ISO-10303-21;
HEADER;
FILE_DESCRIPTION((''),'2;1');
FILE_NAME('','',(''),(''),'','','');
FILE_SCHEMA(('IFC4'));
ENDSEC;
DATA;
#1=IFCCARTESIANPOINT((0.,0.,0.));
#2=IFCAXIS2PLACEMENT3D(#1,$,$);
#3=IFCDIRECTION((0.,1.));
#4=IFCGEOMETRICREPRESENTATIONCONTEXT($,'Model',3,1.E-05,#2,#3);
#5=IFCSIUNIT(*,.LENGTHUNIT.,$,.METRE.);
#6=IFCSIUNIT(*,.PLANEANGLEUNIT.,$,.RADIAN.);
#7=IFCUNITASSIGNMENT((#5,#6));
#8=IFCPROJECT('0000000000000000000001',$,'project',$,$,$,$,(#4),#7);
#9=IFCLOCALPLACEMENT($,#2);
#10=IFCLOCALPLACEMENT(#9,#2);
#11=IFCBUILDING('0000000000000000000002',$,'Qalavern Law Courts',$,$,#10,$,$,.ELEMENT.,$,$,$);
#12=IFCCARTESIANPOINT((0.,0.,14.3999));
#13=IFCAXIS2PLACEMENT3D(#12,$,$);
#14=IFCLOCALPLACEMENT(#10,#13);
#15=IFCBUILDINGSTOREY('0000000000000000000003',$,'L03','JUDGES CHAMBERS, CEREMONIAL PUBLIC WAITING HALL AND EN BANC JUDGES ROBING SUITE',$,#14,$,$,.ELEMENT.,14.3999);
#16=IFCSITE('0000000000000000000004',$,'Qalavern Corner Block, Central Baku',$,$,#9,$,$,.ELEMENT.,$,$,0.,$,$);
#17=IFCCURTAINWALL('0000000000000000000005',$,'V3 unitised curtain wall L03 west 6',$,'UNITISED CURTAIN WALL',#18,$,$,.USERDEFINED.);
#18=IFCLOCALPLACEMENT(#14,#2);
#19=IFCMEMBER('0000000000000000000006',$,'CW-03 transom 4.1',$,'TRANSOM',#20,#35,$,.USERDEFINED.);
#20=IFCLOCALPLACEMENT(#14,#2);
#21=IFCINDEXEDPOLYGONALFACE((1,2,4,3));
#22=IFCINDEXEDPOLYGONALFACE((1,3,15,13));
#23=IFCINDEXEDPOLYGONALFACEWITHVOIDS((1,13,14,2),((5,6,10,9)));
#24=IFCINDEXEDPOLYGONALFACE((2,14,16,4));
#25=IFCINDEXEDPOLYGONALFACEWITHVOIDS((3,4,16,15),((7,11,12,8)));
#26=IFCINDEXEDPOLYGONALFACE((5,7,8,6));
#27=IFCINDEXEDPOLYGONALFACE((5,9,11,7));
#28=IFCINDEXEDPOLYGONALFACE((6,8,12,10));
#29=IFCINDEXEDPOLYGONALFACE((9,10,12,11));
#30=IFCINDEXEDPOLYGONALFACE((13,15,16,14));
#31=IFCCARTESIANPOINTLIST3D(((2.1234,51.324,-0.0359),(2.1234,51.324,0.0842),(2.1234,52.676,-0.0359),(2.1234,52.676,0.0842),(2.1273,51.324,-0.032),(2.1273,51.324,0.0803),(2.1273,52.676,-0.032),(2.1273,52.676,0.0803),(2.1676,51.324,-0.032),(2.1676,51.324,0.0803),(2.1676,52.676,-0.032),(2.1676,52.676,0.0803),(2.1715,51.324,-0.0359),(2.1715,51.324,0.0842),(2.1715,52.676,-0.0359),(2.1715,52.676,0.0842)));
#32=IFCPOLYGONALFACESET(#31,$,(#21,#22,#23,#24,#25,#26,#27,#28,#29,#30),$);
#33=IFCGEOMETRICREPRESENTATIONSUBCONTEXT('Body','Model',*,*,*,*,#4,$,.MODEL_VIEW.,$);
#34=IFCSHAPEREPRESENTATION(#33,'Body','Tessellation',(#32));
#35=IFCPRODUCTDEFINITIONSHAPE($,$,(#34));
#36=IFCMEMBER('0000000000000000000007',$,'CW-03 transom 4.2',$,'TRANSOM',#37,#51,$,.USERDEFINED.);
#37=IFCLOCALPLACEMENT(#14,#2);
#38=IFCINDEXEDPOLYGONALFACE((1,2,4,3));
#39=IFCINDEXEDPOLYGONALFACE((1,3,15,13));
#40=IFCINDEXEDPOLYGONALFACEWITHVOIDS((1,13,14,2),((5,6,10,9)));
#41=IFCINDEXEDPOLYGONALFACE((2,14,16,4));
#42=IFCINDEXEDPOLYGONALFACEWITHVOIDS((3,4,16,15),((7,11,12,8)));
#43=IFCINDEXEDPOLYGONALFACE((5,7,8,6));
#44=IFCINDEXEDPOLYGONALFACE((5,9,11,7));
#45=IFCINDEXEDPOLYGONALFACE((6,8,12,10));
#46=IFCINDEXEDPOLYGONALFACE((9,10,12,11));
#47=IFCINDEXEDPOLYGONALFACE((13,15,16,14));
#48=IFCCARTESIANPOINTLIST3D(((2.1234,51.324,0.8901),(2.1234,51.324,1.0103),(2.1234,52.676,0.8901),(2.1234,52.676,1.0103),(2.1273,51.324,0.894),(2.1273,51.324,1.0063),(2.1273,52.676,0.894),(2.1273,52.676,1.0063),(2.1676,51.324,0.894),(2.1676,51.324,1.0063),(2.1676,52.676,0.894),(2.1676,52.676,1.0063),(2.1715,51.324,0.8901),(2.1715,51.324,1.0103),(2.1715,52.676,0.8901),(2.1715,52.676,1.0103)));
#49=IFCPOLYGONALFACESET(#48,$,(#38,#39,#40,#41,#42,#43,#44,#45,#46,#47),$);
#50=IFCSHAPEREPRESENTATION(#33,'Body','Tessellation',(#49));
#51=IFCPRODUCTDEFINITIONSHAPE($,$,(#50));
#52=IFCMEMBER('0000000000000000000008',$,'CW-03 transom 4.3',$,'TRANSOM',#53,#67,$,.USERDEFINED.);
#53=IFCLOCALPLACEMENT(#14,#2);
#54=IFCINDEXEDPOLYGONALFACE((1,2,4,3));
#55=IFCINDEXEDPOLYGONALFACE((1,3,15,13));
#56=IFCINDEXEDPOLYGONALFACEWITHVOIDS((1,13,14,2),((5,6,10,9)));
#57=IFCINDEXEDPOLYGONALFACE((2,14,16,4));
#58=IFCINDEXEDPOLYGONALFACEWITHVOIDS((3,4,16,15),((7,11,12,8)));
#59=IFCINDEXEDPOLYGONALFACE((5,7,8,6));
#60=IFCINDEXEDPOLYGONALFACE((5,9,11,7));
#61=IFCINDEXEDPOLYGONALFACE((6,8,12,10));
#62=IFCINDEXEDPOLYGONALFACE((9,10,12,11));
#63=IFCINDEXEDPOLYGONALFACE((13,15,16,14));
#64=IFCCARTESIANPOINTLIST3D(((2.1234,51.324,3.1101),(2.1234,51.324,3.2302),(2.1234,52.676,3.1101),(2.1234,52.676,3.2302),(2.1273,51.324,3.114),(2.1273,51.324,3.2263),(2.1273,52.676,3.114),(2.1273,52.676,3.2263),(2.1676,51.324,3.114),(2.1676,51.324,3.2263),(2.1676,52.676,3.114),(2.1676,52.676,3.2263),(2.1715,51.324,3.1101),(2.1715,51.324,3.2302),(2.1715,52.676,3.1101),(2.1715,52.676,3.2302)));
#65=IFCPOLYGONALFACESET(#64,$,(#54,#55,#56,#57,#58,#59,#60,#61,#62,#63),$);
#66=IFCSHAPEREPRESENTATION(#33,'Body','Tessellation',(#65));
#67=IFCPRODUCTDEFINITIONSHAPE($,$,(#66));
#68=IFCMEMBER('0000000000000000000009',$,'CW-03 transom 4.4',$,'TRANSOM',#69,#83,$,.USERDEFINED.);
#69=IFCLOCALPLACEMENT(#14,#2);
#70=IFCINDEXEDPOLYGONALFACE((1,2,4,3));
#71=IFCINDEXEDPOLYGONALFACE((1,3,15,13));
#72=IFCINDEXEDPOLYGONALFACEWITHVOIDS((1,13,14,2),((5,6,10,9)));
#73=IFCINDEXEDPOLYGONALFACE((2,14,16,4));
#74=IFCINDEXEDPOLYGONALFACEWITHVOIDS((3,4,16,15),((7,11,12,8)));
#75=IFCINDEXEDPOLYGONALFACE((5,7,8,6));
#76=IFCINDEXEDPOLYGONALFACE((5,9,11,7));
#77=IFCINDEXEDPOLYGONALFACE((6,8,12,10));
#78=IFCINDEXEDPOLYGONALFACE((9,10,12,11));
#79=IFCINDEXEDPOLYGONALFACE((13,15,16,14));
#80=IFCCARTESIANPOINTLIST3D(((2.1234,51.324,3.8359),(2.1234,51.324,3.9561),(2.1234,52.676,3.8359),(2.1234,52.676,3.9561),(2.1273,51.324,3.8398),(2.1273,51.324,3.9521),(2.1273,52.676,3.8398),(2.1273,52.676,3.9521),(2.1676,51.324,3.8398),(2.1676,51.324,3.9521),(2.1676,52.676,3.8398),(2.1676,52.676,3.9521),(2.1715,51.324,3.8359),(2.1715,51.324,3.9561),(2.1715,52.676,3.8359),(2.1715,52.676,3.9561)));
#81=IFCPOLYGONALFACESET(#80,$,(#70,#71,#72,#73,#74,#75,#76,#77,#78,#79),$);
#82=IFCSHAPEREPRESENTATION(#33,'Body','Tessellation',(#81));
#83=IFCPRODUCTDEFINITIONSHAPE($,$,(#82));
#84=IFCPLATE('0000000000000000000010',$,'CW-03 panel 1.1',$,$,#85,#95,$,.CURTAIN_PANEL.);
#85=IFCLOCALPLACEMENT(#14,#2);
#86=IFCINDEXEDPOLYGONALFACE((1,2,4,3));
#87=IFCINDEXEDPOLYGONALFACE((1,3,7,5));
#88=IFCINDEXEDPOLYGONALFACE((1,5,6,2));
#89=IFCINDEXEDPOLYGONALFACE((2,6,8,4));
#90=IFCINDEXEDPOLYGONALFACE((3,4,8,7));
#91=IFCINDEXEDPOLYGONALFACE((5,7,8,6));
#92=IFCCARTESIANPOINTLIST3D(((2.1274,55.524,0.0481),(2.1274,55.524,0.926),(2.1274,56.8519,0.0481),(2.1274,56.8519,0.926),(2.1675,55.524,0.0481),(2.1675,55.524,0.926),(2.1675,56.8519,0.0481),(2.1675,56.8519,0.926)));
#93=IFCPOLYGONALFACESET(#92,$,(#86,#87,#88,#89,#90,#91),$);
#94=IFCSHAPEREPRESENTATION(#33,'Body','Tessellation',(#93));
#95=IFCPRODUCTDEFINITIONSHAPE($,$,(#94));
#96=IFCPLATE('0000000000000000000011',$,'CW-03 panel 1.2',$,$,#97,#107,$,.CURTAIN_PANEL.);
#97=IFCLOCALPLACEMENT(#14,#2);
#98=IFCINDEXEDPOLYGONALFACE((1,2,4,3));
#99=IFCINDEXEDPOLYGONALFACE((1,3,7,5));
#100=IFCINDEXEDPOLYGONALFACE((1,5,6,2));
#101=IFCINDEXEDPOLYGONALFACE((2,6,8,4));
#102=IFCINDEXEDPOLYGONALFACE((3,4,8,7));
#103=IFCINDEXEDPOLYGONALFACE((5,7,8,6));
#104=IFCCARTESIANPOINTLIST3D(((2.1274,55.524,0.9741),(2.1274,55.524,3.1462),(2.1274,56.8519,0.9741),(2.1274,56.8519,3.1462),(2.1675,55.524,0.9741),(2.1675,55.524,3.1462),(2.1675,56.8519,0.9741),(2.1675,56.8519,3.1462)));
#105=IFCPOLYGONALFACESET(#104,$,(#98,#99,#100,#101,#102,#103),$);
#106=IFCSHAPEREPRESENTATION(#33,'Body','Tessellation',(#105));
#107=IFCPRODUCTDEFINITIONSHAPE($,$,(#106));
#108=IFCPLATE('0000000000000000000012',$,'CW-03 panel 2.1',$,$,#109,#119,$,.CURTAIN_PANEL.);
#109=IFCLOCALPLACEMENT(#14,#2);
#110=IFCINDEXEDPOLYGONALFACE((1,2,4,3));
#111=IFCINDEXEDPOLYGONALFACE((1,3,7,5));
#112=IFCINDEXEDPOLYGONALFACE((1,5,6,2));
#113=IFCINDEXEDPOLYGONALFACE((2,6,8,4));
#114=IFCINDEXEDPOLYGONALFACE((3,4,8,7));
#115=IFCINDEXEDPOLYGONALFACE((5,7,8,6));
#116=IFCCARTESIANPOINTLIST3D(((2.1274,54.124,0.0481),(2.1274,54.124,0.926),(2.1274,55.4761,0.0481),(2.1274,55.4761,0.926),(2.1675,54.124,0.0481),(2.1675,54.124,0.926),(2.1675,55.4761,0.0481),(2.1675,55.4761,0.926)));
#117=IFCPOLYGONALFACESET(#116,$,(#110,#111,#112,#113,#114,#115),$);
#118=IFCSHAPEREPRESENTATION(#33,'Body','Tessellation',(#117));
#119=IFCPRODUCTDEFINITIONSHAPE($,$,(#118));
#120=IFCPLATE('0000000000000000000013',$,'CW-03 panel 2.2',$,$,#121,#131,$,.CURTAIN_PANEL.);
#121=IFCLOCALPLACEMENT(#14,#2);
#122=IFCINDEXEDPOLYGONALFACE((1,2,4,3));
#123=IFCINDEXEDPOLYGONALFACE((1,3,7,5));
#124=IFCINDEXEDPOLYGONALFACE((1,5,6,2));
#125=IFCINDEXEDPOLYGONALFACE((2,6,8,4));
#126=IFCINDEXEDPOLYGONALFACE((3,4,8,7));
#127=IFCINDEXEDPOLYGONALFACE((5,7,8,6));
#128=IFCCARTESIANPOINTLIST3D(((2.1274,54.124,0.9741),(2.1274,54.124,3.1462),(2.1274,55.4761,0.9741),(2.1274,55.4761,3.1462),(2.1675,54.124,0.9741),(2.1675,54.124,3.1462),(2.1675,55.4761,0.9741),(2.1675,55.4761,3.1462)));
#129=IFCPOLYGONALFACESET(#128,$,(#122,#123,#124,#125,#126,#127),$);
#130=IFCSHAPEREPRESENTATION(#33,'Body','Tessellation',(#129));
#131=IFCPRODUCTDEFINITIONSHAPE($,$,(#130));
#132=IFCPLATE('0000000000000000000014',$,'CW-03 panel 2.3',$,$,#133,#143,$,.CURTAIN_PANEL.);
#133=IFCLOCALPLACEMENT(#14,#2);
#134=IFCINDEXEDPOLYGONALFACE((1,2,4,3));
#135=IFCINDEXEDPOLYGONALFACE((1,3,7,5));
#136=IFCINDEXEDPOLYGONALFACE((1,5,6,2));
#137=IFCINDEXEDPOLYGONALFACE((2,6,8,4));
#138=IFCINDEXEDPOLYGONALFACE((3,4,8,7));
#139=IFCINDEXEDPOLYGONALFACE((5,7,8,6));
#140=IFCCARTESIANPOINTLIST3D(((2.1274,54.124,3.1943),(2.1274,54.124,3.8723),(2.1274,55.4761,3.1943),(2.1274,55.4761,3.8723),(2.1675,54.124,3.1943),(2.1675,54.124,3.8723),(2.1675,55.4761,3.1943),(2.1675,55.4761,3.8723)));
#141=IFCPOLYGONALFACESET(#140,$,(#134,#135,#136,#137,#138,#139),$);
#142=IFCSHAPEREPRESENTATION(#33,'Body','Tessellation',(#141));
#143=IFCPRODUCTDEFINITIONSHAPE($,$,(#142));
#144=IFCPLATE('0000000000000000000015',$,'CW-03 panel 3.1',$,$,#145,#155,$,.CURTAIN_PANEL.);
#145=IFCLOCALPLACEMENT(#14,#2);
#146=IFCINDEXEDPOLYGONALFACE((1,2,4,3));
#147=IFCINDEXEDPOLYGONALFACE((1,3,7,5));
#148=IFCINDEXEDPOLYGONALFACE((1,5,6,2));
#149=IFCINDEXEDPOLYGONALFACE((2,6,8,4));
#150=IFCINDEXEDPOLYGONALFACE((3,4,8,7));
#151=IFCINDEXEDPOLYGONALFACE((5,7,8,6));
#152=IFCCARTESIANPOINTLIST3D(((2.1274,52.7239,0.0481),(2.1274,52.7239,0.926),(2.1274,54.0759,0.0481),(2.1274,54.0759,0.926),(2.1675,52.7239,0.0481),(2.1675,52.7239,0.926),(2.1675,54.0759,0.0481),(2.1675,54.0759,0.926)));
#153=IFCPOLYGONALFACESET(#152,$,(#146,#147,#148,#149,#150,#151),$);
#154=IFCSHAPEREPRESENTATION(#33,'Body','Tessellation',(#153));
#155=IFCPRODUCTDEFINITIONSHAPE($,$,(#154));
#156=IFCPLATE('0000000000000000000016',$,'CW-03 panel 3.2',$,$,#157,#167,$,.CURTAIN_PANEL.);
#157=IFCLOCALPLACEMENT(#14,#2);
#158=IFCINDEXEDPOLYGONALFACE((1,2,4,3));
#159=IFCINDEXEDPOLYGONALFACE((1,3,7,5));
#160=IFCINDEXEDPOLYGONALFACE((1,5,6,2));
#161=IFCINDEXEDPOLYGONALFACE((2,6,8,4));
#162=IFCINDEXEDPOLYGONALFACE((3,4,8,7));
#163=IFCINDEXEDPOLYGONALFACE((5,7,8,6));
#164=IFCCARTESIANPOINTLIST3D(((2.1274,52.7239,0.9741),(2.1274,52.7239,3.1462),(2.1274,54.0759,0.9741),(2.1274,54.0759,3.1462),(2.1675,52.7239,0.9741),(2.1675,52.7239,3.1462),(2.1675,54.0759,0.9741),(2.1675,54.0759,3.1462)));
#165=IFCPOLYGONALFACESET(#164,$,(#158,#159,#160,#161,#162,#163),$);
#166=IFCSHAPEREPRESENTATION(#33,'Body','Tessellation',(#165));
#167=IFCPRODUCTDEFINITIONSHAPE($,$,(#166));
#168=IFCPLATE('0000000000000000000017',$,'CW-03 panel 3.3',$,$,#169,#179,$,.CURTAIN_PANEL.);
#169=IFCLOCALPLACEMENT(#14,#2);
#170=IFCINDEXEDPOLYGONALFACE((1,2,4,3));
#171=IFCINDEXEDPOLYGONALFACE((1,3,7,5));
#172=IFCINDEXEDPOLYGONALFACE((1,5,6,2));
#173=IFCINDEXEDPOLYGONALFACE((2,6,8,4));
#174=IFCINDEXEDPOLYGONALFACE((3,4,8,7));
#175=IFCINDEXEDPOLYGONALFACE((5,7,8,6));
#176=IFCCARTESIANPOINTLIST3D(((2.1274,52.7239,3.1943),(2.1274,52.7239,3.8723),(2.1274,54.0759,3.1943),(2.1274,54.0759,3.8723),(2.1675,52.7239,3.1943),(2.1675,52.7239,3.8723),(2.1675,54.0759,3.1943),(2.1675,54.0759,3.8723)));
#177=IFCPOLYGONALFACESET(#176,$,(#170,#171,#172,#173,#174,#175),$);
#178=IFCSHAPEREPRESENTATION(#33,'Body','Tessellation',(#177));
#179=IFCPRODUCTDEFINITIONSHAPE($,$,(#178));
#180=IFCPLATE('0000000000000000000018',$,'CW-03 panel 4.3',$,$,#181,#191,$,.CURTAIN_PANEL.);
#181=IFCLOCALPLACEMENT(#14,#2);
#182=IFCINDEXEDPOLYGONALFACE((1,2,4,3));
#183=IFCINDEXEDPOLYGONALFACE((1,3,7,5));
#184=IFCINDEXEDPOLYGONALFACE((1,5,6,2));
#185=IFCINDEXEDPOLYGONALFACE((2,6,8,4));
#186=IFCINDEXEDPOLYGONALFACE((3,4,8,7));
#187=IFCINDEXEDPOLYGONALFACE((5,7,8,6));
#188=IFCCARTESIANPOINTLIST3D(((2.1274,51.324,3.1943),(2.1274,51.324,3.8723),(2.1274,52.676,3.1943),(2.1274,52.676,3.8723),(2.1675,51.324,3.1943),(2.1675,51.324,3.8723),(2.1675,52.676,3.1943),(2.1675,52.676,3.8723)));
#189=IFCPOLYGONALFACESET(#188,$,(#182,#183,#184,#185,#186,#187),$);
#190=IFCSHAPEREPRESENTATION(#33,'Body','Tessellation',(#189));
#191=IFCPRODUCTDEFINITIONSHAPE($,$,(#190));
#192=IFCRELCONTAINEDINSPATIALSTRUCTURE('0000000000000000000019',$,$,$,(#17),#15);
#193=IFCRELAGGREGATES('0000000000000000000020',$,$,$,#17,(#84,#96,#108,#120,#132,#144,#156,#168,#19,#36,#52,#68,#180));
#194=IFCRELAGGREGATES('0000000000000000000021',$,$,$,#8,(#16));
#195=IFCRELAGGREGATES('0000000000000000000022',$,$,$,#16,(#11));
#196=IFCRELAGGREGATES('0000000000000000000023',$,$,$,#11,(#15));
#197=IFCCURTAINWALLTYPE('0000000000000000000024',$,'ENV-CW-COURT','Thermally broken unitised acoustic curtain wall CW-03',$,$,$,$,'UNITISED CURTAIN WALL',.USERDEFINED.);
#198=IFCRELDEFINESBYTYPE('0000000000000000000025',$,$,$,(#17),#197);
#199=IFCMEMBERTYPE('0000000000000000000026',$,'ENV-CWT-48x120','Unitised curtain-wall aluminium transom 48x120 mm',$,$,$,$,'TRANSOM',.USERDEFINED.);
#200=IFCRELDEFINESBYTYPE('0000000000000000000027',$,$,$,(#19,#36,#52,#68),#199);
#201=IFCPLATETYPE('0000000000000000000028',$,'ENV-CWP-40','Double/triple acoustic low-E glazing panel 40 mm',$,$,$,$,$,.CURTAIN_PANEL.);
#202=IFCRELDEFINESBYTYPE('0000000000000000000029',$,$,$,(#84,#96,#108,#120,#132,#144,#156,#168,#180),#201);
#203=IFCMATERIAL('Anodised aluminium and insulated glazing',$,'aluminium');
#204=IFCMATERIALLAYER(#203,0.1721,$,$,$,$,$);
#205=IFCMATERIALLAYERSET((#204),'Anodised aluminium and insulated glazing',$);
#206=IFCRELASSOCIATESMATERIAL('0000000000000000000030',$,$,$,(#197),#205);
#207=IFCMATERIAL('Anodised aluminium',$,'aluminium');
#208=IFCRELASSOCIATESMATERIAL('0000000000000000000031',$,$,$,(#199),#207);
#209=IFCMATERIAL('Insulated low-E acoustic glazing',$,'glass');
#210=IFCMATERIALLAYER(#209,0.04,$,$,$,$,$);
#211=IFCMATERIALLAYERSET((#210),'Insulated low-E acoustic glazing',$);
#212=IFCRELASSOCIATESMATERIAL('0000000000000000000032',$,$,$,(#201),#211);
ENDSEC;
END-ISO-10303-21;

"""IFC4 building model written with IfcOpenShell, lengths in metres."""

from ifc_helpers import new_model, si_unit, direction, frame, origin, origin_2d, place, context, subcontext, project, spatial, rectangle, hollow_rectangle, extrude, material, layer, layer_set, material_profile, profile_set, type_object, element, aggregate, save


model = new_model("IFC4")

# Units and contexts
model_context = context("Model", 3, precision=1e-05, world=origin(), true_north=direction((0.0, 1.0)))
body_context = subcontext(model_context, "Body", "Model", "MODEL_VIEW")
ifc_project = project(units=[si_unit("LENGTHUNIT", "METRE"), si_unit("PLANEANGLEUNIT", "RADIAN")], contexts=[model_context])

# Site, building, storey
site_placement = place(None, origin())
site = spatial("IfcSite", under=ifc_project, at=site_placement, Name="Qalavern Corner Block, Central Baku", CompositionType="ELEMENT", RefElevation=0.0)
building_placement = place(site_placement, origin())
building = spatial("IfcBuilding", under=site, at=building_placement, Name="Qalavern Law Courts", CompositionType="ELEMENT")
storey_placement = place(building_placement, frame((0.0, 0.0, 14.3999)))
storey = spatial("IfcBuildingStorey", under=building, at=storey_placement, Name="L03", Description="JUDGES CHAMBERS, CEREMONIAL PUBLIC WAITING HALL AND EN BANC JUDGES ROBING SUITE", CompositionType="ELEMENT", Elevation=14.3999)

# Curtain wall, members, plates
ifc_material_1 = material(Name="Anodised aluminium and insulated glazing", Category="aluminium")
ifc_layer_1 = layer(ifc_material_1, 0.1721)
ifc_layer_set_1 = layer_set([ifc_layer_1], Name="Anodised aluminium and insulated glazing")
curtain_wall_type = type_object("IfcCurtainWallType", Name="ENV-CW-COURT", Description="Thermally broken unitised acoustic curtain wall CW-03", ElementType="UNITISED CURTAIN WALL", PredefinedType="USERDEFINED", material=ifc_layer_set_1)
curtain_wall_placement = place(storey_placement, origin())
curtain_wall = element("IfcCurtainWall", 1, at=curtain_wall_placement, inside=storey, type_object=curtain_wall_type, Name="V3 unitised curtain wall L03 west 6", ObjectType="UNITISED CURTAIN WALL", PredefinedType="USERDEFINED")
ifc_material_2 = material(Name="Anodised aluminium", Category="aluminium")
ifc_material_profile_1 = material_profile(ifc_material_2, hollow_rectangle(XDim=0.0481, YDim=0.1201, WallThickness=0.0039, at=origin_2d()), Name="ALU TRANSOM 48x120")
ifc_profile_set_1 = profile_set([ifc_material_profile_1], Name="Anodised aluminium")
member_type_1 = type_object("IfcMemberType", Name="ENV-CWT-48x120", Description="Unitised curtain-wall aluminium transom 48x120 mm", ElementType="TRANSOM", PredefinedType="USERDEFINED", material=ifc_profile_set_1)
member_1_placement = place(storey_placement, frame((2.1475, 52.676, 0.0242), z_axis=(0.0, -1.0, 0.0), x_axis=(1.0, 0.0, 0.0)))
member_1 = element("IfcMember", 2, at=member_1_placement, type_object=member_type_1, Name="CW-03 transom 4.1", ObjectType="TRANSOM", PredefinedType="USERDEFINED", context=body_context, shape_type="SweptSolid", body=[
    extrude(hollow_rectangle(XDim=0.0481, YDim=0.1201, WallThickness=0.0039, at=origin_2d()), origin(), (0.0, 0.0, 1.0), 1.3521),
])
member_2_placement = place(storey_placement, frame((2.1475, 52.676, 0.9502), z_axis=(0.0, -1.0, 0.0), x_axis=(1.0, 0.0, 0.0)))
member_2 = element("IfcMember", 3, at=member_2_placement, type_object=member_type_1, Name="CW-03 transom 4.2", ObjectType="TRANSOM", PredefinedType="USERDEFINED", context=body_context, shape_type="SweptSolid", body=[
    extrude(hollow_rectangle(XDim=0.0481, YDim=0.1201, WallThickness=0.0039, at=origin_2d()), origin(), (0.0, 0.0, 1.0), 1.3521),
])
member_3_placement = place(storey_placement, frame((2.1475, 52.676, 3.1702), z_axis=(0.0, -1.0, 0.0), x_axis=(1.0, 0.0, 0.0)))
member_3 = element("IfcMember", 4, at=member_3_placement, type_object=member_type_1, Name="CW-03 transom 4.3", ObjectType="TRANSOM", PredefinedType="USERDEFINED", context=body_context, shape_type="SweptSolid", body=[
    extrude(hollow_rectangle(XDim=0.0481, YDim=0.1201, WallThickness=0.0039, at=origin_2d()), origin(), (0.0, 0.0, 1.0), 1.3521),
])
member_4_placement = place(storey_placement, frame((2.1475, 52.676, 3.896), z_axis=(0.0, -1.0, 0.0), x_axis=(1.0, 0.0, 0.0)))
member_4 = element("IfcMember", 5, at=member_4_placement, type_object=member_type_1, Name="CW-03 transom 4.4", ObjectType="TRANSOM", PredefinedType="USERDEFINED", context=body_context, shape_type="SweptSolid", body=[
    extrude(hollow_rectangle(XDim=0.0481, YDim=0.1201, WallThickness=0.0039, at=origin_2d()), origin(), (0.0, 0.0, 1.0), 1.3521),
])
ifc_material_3 = material(Name="Insulated low-E acoustic glazing", Category="glass")
ifc_layer_2 = layer(ifc_material_3, 0.04)
ifc_layer_set_2 = layer_set([ifc_layer_2], Name="Insulated low-E acoustic glazing")
plate_type = type_object("IfcPlateType", Name="ENV-CWP-40", Description="Double/triple acoustic low-E glazing panel 40 mm", PredefinedType="CURTAIN_PANEL", material=ifc_layer_set_2)
plate_1_placement = place(storey_placement, frame((2.1475, 56.188, 0.0481), z_axis=(0.0, 0.0, 1.0), x_axis=(0.0, -1.0, 0.0)))
plate_1 = element("IfcPlate", 6, at=plate_1_placement, type_object=plate_type, Name="CW-03 panel 1.1", PredefinedType="CURTAIN_PANEL", context=body_context, shape_type="SweptSolid", body=[
    extrude(rectangle(XDim=1.3279, YDim=0.04, at=origin_2d()), origin(), (0.0, 0.0, 1.0), 0.8779),
])
plate_2_placement = place(storey_placement, frame((2.1475, 56.188, 0.9741), z_axis=(0.0, 0.0, 1.0), x_axis=(0.0, -1.0, 0.0)))
plate_2 = element("IfcPlate", 7, at=plate_2_placement, type_object=plate_type, Name="CW-03 panel 1.2", PredefinedType="CURTAIN_PANEL", context=body_context, shape_type="SweptSolid", body=[
    extrude(rectangle(XDim=1.3279, YDim=0.04, at=origin_2d()), origin(), (0.0, 0.0, 1.0), 2.1721),
])
plate_3_placement = place(storey_placement, frame((2.1475, 54.8, 0.0481), z_axis=(0.0, 0.0, 1.0), x_axis=(0.0, -1.0, 0.0)))
plate_3 = element("IfcPlate", 8, at=plate_3_placement, type_object=plate_type, Name="CW-03 panel 2.1", PredefinedType="CURTAIN_PANEL", context=body_context, shape_type="SweptSolid", body=[
    extrude(rectangle(XDim=1.3521, YDim=0.04, at=origin_2d()), origin(), (0.0, 0.0, 1.0), 0.8779),
])
plate_4_placement = place(storey_placement, frame((2.1475, 54.8, 0.9741), z_axis=(0.0, 0.0, 1.0), x_axis=(0.0, -1.0, 0.0)))
plate_4 = element("IfcPlate", 9, at=plate_4_placement, type_object=plate_type, Name="CW-03 panel 2.2", PredefinedType="CURTAIN_PANEL", context=body_context, shape_type="SweptSolid", body=[
    extrude(rectangle(XDim=1.3521, YDim=0.04, at=origin_2d()), origin(), (0.0, 0.0, 1.0), 2.1721),
])
plate_5_placement = place(storey_placement, frame((2.1475, 54.8, 3.1943), z_axis=(0.0, 0.0, 1.0), x_axis=(0.0, -1.0, 0.0)))
plate_5 = element("IfcPlate", 10, at=plate_5_placement, type_object=plate_type, Name="CW-03 panel 2.3", PredefinedType="CURTAIN_PANEL", context=body_context, shape_type="SweptSolid", body=[
    extrude(rectangle(XDim=1.3521, YDim=0.04, at=origin_2d()), origin(), (0.0, 0.0, 1.0), 0.678),
])
plate_6_placement = place(storey_placement, frame((2.1475, 53.3999, 0.0481), z_axis=(0.0, 0.0, 1.0), x_axis=(0.0, -1.0, 0.0)))
plate_6 = element("IfcPlate", 11, at=plate_6_placement, type_object=plate_type, Name="CW-03 panel 3.1", PredefinedType="CURTAIN_PANEL", context=body_context, shape_type="SweptSolid", body=[
    extrude(rectangle(XDim=1.3521, YDim=0.04, at=origin_2d()), origin(), (0.0, 0.0, 1.0), 0.8779),
])
plate_7_placement = place(storey_placement, frame((2.1475, 53.3999, 0.9741), z_axis=(0.0, 0.0, 1.0), x_axis=(0.0, -1.0, 0.0)))
plate_7 = element("IfcPlate", 12, at=plate_7_placement, type_object=plate_type, Name="CW-03 panel 3.2", PredefinedType="CURTAIN_PANEL", context=body_context, shape_type="SweptSolid", body=[
    extrude(rectangle(XDim=1.3521, YDim=0.04, at=origin_2d()), origin(), (0.0, 0.0, 1.0), 2.1721),
])
plate_8_placement = place(storey_placement, frame((2.1475, 53.3999, 3.1943), z_axis=(0.0, 0.0, 1.0), x_axis=(0.0, -1.0, 0.0)))
plate_8 = element("IfcPlate", 13, at=plate_8_placement, type_object=plate_type, Name="CW-03 panel 3.3", PredefinedType="CURTAIN_PANEL", context=body_context, shape_type="SweptSolid", body=[
    extrude(rectangle(XDim=1.3521, YDim=0.04, at=origin_2d()), origin(), (0.0, 0.0, 1.0), 0.678),
])
plate_9_placement = place(storey_placement, frame((2.1475, 52.0, 3.1943), z_axis=(0.0, 0.0, 1.0), x_axis=(0.0, -1.0, 0.0)))
plate_9 = element("IfcPlate", 14, at=plate_9_placement, type_object=plate_type, Name="CW-03 panel 4.3", PredefinedType="CURTAIN_PANEL", context=body_context, shape_type="SweptSolid", body=[
    extrude(rectangle(XDim=1.3521, YDim=0.04, at=origin_2d()), origin(), (0.0, 0.0, 1.0), 0.678),
])
aggregate(curtain_wall, [plate_1, plate_2, plate_3, plate_4, plate_5, plate_6, plate_7, plate_8, member_1, member_2, member_3, member_4, plate_9])

save(model, "model.ifc")
